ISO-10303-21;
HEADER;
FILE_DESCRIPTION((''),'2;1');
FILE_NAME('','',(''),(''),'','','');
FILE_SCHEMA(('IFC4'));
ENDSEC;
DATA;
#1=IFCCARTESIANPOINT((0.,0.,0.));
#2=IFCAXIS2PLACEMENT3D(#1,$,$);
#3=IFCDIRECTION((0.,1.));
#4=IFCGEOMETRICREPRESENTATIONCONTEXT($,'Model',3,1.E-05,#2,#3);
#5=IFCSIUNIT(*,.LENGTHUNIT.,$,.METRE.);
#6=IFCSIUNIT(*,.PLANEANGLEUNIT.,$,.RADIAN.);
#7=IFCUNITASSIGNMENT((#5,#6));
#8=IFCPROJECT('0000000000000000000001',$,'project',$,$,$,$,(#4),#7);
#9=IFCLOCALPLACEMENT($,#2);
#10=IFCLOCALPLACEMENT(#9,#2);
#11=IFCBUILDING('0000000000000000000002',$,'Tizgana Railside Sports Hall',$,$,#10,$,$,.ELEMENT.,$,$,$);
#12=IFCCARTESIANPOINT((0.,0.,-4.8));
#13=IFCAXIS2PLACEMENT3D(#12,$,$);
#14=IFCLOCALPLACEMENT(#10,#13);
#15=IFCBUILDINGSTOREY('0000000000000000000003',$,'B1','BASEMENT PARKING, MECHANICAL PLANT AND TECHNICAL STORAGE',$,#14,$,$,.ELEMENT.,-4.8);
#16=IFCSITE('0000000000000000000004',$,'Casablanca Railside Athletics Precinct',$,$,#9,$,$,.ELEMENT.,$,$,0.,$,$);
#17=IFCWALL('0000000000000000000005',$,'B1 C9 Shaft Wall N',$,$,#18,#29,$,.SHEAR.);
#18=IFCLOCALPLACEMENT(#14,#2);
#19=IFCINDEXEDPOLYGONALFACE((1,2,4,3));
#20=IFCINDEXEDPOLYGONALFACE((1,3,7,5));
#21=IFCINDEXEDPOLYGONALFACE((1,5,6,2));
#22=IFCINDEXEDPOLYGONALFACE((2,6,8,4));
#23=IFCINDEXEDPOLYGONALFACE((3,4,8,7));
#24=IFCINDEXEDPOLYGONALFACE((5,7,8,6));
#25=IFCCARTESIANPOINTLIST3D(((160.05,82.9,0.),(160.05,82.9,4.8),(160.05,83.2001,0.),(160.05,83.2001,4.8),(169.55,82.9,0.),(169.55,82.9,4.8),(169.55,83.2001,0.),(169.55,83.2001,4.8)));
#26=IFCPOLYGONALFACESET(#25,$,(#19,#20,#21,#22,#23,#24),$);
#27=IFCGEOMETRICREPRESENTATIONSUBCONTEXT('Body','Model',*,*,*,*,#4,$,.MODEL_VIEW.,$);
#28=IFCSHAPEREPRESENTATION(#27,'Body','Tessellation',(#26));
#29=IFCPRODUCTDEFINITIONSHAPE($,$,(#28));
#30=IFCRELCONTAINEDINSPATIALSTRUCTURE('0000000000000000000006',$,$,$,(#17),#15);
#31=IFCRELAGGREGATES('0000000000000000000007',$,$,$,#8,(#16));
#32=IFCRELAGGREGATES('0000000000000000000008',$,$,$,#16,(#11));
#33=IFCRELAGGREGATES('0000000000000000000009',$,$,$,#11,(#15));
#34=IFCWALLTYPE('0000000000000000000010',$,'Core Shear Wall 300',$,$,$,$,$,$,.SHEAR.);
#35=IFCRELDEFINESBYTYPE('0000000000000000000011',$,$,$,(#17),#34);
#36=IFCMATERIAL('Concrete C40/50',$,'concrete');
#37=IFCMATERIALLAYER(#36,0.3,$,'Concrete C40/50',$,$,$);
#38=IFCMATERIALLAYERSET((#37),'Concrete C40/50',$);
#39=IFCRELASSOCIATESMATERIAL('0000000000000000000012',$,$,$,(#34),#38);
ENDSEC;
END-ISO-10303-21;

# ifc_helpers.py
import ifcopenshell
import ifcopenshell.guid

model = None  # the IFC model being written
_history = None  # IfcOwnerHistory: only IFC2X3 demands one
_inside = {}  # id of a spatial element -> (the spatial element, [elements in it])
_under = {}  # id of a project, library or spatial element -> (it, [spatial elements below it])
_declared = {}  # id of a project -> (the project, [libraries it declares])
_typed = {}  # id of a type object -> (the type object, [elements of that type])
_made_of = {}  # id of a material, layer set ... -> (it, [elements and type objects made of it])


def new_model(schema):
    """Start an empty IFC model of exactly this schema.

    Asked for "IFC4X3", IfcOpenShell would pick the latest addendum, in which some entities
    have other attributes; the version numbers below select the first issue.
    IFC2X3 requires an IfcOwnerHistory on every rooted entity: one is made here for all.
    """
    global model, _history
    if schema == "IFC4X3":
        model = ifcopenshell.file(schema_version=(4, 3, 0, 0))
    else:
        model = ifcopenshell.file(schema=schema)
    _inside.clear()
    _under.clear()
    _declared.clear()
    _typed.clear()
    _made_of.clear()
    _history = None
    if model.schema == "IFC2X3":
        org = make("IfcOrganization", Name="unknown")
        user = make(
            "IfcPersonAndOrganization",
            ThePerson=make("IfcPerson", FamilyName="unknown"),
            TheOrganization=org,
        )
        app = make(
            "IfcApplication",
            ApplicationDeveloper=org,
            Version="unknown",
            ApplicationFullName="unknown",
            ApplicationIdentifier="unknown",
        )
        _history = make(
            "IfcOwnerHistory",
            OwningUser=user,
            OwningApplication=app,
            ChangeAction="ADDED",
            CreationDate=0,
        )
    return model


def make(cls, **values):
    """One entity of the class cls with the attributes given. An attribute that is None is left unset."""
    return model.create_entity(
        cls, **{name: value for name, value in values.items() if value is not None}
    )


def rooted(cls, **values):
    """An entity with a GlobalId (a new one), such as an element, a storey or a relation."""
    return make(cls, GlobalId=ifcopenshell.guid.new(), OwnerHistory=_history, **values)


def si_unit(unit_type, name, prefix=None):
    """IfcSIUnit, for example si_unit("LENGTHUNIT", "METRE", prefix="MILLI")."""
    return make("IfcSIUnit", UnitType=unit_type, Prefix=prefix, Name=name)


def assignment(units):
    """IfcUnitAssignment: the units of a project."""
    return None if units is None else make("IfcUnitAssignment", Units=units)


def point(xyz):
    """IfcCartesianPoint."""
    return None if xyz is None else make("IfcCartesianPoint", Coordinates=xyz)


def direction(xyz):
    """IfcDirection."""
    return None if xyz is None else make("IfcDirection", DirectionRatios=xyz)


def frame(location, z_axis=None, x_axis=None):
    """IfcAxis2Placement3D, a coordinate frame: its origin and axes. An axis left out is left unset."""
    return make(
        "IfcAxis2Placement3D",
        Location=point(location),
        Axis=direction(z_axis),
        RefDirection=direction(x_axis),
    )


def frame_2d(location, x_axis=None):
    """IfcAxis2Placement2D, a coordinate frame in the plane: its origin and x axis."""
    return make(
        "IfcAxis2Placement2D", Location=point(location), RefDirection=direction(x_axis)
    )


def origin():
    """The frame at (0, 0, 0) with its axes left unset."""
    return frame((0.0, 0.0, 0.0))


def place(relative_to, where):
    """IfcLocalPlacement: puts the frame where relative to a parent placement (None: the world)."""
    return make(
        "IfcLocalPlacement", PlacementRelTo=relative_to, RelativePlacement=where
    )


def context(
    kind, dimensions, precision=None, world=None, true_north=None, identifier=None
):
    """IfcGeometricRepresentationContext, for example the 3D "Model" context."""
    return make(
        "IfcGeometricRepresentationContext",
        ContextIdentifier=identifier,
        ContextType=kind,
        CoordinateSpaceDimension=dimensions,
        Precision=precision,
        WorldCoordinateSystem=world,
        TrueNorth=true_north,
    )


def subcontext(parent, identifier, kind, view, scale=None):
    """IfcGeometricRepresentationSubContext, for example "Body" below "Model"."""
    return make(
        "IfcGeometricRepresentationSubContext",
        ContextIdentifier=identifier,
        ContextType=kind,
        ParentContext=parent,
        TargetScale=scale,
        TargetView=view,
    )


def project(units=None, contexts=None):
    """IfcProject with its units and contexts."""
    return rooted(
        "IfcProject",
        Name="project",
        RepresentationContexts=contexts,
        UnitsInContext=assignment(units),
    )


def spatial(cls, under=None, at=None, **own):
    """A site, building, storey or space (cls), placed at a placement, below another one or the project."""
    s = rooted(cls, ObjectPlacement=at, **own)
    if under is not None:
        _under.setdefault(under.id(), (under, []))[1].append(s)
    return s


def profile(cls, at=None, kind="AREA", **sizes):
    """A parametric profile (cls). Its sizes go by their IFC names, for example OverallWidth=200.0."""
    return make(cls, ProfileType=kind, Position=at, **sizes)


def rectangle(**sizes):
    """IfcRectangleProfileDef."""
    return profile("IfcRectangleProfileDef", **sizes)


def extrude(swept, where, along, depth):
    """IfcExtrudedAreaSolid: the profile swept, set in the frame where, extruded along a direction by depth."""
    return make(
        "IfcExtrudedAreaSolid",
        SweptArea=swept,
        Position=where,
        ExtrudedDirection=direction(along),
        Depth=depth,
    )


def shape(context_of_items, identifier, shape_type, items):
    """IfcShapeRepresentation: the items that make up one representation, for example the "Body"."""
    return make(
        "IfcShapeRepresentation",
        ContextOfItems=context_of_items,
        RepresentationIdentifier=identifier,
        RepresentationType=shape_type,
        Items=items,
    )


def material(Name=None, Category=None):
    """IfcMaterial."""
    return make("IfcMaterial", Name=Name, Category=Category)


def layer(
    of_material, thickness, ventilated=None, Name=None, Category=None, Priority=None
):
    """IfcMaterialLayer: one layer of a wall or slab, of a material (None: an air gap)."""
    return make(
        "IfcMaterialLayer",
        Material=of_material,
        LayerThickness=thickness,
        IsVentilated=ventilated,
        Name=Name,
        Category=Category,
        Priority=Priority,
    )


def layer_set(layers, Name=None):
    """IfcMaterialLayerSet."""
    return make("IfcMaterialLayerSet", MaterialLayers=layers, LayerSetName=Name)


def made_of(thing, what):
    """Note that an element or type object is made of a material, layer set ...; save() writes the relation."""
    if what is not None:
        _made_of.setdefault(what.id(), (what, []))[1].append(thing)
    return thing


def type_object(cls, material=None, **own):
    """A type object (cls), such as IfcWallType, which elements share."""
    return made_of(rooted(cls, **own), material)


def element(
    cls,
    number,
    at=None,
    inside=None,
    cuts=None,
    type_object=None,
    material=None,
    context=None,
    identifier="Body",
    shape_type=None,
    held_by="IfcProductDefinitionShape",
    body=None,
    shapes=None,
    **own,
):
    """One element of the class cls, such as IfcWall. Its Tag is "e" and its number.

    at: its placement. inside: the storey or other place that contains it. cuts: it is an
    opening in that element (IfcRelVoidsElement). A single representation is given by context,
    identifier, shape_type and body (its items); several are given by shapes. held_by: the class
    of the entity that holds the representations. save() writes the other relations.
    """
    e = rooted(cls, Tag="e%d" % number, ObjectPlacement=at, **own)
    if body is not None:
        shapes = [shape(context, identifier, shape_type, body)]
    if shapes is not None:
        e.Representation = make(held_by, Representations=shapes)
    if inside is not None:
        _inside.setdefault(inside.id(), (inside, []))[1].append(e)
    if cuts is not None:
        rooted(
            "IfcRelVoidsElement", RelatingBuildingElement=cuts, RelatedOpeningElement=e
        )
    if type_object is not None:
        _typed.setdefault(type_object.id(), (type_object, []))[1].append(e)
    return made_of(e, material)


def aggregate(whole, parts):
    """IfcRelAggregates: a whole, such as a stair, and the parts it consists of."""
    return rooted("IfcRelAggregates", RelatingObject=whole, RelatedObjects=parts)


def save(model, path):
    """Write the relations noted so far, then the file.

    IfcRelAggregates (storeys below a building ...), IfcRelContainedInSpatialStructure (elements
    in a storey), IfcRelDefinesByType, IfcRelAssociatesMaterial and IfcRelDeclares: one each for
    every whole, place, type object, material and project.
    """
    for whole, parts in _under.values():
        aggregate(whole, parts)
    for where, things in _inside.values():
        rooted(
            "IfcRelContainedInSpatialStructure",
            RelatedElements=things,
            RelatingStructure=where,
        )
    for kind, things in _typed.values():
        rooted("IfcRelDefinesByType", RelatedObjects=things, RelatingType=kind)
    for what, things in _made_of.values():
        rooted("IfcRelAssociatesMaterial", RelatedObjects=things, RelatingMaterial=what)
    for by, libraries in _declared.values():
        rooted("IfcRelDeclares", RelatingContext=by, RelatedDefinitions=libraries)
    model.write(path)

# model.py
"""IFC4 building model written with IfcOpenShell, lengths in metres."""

from ifc_helpers import new_model, si_unit, direction, frame, frame_2d, origin, place, context, subcontext, project, spatial, rectangle, extrude, material, layer, layer_set, type_object, element, save


model = new_model("IFC4")

# Units and contexts
model_context = context("Model", 3, precision=1e-05, world=origin(), true_north=direction((0.0, 1.0)))
body_context = subcontext(model_context, "Body", "Model", "MODEL_VIEW")
ifc_project = project(units=[si_unit("LENGTHUNIT", "METRE"), si_unit("PLANEANGLEUNIT", "RADIAN")], contexts=[model_context])

# Site, building, storey
site_placement = place(None, origin())
site = spatial("IfcSite", under=ifc_project, at=site_placement, Name="Casablanca Railside Athletics Precinct", CompositionType="ELEMENT", RefElevation=0.0)
building_placement = place(site_placement, origin())
building = spatial("IfcBuilding", under=site, at=building_placement, Name="Tizgana Railside Sports Hall", CompositionType="ELEMENT")
storey_placement = place(building_placement, frame((0.0, 0.0, -4.8)))
storey = spatial("IfcBuildingStorey", under=building, at=storey_placement, Name="B1", Description="BASEMENT PARKING, MECHANICAL PLANT AND TECHNICAL STORAGE", CompositionType="ELEMENT", Elevation=-4.8)

# Shared definitions
ifc_material_1 = material(Name="Concrete C40/50", Category="concrete")

# Wall
ifc_layer = layer(ifc_material_1, 0.3, Name="Concrete C40/50")
ifc_layer_set = layer_set([ifc_layer], Name="Concrete C40/50")
wall_type = type_object("IfcWallType", Name="Core Shear Wall 300", PredefinedType="SHEAR", material=ifc_layer_set)
wall_placement = place(storey_placement, frame((160.05, 83.05, 0.0), z_axis=(0.0, 0.0, 1.0), x_axis=(1.0, 0.0, 0.0)))
element("IfcWall", 1, at=wall_placement, inside=storey, type_object=wall_type, Name="B1 C9 Shaft Wall N", PredefinedType="SHEAR", context=body_context, shape_type="SweptSolid", body=[
    extrude(rectangle(XDim=9.5, YDim=0.3, at=frame_2d((4.75, 0.0))), origin(), (0.0, 0.0, 1.0), 4.8),
])

save(model, "model.ifc")
